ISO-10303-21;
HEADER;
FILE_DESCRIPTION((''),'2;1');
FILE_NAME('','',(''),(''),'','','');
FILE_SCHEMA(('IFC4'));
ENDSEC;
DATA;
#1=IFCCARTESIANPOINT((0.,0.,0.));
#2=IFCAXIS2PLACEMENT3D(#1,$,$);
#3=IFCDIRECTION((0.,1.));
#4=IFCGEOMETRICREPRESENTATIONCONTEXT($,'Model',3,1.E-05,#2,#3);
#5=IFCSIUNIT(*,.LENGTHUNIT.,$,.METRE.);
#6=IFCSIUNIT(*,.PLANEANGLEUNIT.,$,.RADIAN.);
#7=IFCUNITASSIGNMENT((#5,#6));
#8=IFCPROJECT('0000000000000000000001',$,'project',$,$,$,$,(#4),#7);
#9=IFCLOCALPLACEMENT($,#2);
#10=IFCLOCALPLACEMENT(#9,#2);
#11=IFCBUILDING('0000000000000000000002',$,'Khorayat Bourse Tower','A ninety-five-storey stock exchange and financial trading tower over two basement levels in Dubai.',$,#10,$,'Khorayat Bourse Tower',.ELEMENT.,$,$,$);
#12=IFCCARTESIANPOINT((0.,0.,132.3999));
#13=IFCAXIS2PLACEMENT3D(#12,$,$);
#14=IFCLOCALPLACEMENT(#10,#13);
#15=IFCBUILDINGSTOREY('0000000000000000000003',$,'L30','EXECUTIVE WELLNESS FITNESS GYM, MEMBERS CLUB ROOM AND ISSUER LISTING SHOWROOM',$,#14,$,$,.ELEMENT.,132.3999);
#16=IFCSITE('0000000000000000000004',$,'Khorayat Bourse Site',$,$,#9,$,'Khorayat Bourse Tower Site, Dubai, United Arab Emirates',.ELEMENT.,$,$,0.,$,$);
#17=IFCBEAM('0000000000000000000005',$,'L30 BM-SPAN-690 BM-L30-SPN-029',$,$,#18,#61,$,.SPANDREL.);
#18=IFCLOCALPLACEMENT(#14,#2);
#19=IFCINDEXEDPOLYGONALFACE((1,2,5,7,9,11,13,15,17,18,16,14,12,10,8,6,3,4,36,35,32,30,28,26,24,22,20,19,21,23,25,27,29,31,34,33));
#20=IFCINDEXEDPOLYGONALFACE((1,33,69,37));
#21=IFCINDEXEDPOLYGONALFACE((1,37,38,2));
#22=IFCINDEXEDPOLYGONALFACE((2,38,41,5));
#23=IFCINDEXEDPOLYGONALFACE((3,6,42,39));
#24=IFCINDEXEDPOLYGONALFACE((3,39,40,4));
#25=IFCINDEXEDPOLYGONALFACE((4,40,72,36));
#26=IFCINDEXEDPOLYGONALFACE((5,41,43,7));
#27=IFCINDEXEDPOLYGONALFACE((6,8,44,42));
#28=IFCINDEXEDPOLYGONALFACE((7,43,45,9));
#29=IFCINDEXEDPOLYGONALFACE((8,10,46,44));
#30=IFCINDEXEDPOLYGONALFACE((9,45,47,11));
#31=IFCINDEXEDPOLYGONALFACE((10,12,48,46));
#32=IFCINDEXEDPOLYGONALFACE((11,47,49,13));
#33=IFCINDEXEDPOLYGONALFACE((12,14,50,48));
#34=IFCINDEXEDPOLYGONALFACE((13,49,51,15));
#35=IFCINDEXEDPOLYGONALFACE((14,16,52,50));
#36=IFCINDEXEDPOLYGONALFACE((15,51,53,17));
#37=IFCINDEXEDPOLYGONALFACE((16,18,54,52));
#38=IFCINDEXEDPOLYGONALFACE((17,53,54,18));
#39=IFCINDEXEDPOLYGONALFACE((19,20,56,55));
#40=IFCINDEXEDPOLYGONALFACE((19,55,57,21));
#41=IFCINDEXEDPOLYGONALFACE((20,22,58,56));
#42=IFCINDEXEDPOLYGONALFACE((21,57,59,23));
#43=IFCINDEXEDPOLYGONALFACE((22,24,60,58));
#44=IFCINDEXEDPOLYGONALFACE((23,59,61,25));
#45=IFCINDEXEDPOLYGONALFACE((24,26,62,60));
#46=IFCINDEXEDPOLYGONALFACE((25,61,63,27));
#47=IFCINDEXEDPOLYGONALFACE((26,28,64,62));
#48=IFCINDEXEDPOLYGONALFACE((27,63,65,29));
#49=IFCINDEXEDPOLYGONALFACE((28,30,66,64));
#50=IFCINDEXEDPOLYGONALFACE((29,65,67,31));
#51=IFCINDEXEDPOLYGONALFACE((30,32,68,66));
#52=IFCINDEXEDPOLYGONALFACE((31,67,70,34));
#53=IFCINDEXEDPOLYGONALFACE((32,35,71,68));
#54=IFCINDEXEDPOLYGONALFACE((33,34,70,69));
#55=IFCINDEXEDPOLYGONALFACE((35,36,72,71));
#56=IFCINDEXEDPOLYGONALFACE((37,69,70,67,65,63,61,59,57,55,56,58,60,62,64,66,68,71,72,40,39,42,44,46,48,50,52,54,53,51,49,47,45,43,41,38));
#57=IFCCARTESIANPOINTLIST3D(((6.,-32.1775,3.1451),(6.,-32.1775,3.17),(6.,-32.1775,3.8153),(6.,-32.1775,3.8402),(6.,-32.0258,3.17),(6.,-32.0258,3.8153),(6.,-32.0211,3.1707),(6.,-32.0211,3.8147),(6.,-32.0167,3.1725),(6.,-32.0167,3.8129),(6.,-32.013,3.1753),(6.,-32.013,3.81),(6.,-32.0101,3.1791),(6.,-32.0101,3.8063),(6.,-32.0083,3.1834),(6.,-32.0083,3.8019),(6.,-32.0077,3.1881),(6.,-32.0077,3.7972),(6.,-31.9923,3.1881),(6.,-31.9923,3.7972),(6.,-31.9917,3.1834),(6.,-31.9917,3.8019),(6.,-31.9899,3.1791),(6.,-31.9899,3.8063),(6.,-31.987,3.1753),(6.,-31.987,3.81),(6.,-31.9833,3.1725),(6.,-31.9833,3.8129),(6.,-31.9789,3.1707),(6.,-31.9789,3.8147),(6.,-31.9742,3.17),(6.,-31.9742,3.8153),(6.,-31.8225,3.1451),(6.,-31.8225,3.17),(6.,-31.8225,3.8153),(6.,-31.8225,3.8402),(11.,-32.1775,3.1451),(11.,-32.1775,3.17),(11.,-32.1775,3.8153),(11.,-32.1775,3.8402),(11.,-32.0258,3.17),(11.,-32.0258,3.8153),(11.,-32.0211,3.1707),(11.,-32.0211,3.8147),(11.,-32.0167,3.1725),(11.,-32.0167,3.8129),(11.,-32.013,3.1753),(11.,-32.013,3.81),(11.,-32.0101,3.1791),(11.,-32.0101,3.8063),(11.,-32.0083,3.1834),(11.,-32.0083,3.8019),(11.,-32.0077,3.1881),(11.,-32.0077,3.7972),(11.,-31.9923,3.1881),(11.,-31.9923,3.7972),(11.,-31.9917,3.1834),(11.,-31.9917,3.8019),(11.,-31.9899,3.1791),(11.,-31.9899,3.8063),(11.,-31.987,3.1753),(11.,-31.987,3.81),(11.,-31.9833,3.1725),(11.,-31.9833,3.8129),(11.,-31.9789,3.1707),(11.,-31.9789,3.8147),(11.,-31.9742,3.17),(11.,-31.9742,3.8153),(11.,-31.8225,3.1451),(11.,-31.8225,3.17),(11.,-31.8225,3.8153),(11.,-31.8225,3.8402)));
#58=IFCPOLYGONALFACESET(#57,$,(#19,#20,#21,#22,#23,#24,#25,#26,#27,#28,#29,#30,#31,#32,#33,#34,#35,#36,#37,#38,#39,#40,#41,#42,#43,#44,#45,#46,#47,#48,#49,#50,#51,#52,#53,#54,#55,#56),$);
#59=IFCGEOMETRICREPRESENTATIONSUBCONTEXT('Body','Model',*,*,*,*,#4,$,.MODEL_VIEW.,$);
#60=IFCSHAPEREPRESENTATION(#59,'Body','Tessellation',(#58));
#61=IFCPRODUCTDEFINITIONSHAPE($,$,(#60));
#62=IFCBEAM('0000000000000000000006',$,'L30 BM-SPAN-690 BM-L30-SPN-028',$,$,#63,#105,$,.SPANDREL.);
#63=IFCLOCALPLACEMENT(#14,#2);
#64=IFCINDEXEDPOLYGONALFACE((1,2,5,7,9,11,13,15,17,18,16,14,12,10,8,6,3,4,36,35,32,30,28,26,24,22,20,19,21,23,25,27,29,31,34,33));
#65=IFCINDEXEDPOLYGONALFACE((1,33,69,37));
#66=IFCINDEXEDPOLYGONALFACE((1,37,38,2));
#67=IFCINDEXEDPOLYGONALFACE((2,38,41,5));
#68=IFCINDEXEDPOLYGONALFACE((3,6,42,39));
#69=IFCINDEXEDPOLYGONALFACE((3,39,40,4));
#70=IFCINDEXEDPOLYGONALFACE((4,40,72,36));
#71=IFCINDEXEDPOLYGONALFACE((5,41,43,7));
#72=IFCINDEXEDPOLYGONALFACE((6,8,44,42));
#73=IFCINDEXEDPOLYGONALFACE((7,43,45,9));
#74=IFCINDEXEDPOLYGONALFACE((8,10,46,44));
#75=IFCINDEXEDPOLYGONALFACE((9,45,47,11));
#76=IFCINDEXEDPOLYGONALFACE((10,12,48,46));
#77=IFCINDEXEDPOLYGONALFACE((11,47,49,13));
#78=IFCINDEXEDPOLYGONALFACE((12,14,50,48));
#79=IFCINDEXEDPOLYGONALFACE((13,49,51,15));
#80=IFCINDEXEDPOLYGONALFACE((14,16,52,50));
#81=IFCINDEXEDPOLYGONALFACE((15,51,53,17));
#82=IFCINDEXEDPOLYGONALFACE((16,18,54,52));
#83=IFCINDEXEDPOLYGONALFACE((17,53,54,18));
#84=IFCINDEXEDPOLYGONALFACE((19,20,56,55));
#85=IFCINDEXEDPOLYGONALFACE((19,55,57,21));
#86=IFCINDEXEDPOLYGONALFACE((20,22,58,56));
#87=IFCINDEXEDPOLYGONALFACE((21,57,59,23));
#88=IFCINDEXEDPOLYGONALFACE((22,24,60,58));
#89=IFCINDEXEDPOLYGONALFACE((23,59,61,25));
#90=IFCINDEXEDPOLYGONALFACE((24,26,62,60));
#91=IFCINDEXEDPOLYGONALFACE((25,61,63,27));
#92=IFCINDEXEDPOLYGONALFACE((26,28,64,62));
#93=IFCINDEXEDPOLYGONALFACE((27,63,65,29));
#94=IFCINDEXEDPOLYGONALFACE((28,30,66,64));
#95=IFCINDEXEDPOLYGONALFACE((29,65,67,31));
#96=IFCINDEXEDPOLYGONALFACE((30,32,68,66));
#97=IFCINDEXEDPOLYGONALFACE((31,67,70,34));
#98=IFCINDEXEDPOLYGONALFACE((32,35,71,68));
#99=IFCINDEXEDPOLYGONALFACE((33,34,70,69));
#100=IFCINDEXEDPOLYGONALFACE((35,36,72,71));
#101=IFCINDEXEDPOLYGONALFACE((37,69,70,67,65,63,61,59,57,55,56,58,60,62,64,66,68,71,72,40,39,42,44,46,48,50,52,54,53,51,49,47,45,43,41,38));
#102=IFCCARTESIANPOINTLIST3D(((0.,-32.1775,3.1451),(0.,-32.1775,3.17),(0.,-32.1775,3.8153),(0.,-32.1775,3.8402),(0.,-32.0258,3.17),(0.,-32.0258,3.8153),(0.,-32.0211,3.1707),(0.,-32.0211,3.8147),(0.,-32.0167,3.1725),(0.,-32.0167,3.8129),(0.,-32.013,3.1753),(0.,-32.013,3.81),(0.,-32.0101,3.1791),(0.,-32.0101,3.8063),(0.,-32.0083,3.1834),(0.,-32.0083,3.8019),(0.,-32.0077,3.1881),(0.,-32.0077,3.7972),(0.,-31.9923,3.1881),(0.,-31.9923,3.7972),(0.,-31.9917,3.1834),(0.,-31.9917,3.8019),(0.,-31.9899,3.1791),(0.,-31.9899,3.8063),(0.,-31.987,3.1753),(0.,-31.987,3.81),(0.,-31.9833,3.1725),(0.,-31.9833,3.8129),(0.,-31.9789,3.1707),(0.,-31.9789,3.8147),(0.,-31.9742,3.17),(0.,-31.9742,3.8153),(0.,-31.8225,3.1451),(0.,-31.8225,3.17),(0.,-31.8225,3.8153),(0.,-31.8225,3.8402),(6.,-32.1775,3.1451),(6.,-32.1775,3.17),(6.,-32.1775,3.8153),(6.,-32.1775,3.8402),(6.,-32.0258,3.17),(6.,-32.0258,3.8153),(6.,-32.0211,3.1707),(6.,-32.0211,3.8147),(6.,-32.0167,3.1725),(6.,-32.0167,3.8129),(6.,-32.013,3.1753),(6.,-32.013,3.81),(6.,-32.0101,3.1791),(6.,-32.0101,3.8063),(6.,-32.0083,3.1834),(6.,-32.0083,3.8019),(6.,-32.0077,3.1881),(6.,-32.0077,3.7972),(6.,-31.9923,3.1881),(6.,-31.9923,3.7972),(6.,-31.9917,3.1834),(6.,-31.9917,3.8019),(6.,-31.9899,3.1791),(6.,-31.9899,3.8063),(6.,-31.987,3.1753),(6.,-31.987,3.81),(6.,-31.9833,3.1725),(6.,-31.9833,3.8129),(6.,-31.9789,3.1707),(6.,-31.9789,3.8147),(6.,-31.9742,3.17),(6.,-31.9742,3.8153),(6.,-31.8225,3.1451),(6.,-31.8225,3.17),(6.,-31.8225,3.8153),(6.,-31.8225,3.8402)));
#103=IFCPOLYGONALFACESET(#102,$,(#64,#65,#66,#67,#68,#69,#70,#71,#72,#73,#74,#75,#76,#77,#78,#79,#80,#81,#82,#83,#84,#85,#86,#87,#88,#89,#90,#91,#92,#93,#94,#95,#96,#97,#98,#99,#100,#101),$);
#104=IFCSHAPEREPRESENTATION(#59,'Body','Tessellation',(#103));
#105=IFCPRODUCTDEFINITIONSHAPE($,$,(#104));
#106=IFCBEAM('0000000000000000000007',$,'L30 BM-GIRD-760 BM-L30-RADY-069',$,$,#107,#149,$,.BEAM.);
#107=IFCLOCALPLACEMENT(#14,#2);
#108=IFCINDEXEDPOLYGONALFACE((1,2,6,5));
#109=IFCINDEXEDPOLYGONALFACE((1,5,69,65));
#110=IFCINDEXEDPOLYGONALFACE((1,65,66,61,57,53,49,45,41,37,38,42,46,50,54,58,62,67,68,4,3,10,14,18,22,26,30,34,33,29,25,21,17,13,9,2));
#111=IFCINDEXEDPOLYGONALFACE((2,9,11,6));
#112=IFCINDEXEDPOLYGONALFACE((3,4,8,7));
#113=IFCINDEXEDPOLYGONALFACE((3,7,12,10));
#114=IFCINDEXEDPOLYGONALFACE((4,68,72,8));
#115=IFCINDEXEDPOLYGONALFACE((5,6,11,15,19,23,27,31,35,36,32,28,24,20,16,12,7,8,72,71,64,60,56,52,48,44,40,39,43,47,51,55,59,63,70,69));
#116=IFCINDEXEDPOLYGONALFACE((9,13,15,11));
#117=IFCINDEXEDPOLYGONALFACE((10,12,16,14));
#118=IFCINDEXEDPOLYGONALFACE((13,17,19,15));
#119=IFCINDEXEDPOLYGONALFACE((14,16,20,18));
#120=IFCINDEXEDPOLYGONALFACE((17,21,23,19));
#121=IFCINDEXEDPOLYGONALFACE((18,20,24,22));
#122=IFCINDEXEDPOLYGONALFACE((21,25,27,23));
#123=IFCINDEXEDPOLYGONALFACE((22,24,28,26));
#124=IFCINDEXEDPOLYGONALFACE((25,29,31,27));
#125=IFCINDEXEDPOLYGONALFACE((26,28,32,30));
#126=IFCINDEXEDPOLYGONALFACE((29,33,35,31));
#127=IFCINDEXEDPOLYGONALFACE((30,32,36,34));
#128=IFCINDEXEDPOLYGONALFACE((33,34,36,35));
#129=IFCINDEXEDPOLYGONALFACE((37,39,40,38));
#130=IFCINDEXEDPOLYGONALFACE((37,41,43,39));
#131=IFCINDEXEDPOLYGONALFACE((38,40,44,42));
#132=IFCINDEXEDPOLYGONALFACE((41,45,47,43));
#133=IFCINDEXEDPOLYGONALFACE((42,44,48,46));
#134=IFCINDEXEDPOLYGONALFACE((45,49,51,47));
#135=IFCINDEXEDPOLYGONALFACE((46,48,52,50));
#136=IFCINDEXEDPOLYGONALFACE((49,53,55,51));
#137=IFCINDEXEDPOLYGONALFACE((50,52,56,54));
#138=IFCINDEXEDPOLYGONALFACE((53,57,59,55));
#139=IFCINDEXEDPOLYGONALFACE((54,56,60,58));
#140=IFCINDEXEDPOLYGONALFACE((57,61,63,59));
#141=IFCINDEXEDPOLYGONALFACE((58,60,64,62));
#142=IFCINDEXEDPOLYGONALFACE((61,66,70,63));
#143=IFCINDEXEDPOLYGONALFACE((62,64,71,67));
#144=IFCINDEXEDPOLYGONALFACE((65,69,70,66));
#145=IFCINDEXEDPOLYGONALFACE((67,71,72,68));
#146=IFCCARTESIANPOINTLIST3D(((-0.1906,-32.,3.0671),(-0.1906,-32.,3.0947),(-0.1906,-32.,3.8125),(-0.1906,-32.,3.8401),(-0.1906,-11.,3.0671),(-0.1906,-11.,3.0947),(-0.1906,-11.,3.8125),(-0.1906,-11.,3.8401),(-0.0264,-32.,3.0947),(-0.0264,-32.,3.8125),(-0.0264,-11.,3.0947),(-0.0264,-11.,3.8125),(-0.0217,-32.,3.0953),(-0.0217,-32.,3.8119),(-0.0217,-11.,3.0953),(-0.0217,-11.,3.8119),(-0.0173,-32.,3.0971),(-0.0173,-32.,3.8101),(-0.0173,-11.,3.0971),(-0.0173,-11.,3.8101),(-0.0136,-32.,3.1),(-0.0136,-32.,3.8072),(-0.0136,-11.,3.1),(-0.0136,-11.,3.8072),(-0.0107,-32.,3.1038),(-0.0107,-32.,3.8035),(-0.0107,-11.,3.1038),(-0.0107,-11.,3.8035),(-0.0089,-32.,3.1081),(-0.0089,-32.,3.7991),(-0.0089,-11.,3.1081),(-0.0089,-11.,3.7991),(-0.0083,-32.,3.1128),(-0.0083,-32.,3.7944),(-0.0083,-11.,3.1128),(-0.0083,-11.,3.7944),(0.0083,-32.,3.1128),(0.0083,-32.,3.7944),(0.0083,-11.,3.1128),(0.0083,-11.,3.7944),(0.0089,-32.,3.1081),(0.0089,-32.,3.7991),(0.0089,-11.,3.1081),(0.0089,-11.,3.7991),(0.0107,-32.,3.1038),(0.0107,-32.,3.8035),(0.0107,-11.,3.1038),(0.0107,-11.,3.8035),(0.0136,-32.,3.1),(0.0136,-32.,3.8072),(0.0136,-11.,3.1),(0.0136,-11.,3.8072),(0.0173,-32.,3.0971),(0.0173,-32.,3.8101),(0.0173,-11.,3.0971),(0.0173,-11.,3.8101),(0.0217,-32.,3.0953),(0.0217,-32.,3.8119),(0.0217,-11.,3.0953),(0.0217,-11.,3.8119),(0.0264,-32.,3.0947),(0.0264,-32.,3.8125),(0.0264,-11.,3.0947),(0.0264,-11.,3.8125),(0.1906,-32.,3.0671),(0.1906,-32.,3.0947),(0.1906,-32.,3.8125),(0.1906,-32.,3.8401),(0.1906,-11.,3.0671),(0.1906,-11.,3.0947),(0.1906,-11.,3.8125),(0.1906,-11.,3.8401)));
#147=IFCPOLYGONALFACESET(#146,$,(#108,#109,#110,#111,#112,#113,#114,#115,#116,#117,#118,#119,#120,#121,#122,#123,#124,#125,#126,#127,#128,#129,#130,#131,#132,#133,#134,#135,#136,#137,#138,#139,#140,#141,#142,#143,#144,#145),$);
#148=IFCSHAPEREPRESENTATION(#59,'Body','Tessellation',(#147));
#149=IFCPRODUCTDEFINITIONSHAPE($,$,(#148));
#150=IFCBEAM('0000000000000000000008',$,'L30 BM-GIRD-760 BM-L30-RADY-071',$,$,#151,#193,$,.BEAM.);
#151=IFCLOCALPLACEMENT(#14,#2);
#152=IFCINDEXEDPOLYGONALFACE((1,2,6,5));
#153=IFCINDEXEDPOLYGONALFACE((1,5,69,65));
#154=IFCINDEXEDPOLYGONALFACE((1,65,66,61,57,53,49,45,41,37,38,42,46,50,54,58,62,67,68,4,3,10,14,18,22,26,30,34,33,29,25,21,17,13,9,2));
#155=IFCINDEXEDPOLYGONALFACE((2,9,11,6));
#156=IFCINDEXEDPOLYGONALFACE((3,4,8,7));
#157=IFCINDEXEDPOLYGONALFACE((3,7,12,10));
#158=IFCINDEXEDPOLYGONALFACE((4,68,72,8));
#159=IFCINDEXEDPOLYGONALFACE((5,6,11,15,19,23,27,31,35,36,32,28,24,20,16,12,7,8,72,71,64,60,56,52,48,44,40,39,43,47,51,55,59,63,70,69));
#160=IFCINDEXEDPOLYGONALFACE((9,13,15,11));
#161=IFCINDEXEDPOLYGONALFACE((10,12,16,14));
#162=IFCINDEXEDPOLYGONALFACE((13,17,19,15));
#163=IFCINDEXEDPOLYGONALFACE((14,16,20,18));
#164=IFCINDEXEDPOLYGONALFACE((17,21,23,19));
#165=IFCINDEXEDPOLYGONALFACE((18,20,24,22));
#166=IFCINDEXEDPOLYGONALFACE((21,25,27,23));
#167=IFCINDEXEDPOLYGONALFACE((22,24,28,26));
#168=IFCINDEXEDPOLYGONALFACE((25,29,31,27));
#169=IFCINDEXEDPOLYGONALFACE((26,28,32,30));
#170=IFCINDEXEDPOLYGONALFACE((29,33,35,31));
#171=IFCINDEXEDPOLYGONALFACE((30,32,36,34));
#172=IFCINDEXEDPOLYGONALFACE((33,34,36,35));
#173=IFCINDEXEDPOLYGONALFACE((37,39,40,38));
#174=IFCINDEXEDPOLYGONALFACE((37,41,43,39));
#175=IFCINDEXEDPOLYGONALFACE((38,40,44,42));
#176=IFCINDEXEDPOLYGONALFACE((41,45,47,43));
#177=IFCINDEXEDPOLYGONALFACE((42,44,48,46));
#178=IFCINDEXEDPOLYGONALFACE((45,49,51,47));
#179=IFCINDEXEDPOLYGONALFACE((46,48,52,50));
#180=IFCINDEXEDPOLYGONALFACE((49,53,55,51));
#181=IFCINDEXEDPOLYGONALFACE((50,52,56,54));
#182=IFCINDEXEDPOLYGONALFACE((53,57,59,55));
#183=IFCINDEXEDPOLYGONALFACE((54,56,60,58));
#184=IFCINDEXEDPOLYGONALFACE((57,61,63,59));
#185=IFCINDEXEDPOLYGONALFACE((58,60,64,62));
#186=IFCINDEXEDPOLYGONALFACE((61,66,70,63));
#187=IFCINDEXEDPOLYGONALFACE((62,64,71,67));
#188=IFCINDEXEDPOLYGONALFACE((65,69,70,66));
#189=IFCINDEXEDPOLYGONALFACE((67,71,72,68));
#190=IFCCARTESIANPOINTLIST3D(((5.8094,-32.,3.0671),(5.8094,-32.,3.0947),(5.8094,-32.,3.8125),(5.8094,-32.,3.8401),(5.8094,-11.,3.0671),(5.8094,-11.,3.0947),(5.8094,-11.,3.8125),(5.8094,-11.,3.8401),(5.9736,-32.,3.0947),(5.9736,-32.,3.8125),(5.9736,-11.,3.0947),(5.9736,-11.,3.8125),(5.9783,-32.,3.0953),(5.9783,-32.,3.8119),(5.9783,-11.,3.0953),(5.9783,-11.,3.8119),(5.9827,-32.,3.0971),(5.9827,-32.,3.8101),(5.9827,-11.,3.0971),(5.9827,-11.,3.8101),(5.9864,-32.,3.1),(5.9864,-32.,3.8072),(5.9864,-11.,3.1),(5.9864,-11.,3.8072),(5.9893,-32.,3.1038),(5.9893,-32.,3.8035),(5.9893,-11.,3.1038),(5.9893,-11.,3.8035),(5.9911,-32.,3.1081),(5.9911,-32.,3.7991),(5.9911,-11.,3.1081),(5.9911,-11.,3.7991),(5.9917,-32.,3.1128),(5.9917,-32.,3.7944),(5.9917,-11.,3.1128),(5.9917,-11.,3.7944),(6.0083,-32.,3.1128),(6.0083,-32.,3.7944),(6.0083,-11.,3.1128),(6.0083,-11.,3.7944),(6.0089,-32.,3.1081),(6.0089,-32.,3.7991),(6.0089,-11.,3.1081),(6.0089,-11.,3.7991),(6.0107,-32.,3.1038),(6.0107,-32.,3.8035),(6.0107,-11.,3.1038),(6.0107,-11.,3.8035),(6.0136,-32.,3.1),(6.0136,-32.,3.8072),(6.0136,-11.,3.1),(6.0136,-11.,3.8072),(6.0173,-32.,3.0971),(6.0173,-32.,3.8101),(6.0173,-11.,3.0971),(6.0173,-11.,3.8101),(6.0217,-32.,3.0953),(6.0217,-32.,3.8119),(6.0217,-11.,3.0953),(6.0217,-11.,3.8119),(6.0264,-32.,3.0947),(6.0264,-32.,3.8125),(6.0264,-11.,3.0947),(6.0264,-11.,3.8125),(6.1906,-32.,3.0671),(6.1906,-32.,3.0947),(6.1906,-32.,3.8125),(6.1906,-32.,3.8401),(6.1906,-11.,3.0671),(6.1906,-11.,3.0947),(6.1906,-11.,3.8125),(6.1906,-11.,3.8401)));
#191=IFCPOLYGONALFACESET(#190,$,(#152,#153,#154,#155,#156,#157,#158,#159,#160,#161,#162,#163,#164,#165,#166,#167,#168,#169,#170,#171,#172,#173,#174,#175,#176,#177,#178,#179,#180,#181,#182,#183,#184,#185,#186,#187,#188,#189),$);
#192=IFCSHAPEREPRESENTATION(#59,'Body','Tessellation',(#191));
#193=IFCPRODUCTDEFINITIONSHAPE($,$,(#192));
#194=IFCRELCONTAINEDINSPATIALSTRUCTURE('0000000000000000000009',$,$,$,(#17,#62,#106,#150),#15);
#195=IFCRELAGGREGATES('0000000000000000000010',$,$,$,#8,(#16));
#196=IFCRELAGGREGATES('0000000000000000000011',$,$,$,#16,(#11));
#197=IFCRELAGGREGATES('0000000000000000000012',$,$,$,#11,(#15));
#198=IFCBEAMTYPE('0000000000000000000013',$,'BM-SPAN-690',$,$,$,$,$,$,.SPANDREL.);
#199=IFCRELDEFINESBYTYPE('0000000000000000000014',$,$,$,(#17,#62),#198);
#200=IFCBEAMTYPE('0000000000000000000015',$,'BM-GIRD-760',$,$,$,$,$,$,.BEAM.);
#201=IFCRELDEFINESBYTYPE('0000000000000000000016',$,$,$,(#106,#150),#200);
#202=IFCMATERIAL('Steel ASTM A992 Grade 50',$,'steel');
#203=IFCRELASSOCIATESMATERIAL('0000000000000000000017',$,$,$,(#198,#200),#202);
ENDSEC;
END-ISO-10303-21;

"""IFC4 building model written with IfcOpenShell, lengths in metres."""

from ifc_helpers import new_model, si_unit, direction, frame, origin, origin_2d, place, context, subcontext, project, spatial, i_section, extrude, source, transform, mapped, material, material_profile, profile_set, type_object, element, save


model = new_model("IFC4")

# Units and contexts
model_context = context("Model", 3, precision=1e-05, world=origin(), true_north=direction((0.0, 1.0)))
body_context = subcontext(model_context, "Body", "Model", "MODEL_VIEW")
ifc_project = project(units=[si_unit("LENGTHUNIT", "METRE"), si_unit("PLANEANGLEUNIT", "RADIAN")], contexts=[model_context])

# Site, building, storey
site_placement = place(None, origin())
site = spatial("IfcSite", under=ifc_project, at=site_placement, Name="Khorayat Bourse Site", LongName="Khorayat Bourse Tower Site, Dubai, United Arab Emirates", CompositionType="ELEMENT", RefElevation=0.0)
building_placement = place(site_placement, origin())
building = spatial("IfcBuilding", under=site, at=building_placement, Name="Khorayat Bourse Tower", Description="A ninety-five-storey stock exchange and financial trading tower over two basement levels in Dubai.", LongName="Khorayat Bourse Tower", CompositionType="ELEMENT")
storey_placement = place(building_placement, frame((0.0, 0.0, 132.3999)))
storey = spatial("IfcBuildingStorey", under=building, at=storey_placement, Name="L30", Description="EXECUTIVE WELLNESS FITNESS GYM, MEMBERS CLUB ROOM AND ISSUER LISTING SHOWROOM", CompositionType="ELEMENT", Elevation=132.3999)

# Beams
ifc_material_1 = material(Name="Steel ASTM A992 Grade 50", Category="steel")
ifc_material_profile_1 = material_profile(ifc_material_1, i_section(OverallWidth=0.355, OverallDepth=0.6951, WebThickness=0.0154, FlangeThickness=0.0249, FilletRadius=0.0181, at=origin_2d()), Name="W690X217")
ifc_profile_set_1 = profile_set([ifc_material_profile_1], Name="Steel ASTM A992 Grade 50")
beam_type_1 = type_object("IfcBeamType", Name="BM-SPAN-690", PredefinedType="SPANDREL", material=ifc_profile_set_1)
shared_shape_1 = source(origin(), body_context, "Body", "SweptSolid", [
    extrude(i_section(OverallWidth=0.355, OverallDepth=0.6951, WebThickness=0.0154, FlangeThickness=0.0249, FilletRadius=0.0181, at=origin_2d()), origin(), (0.0, 0.0, 1.0), 5.0),
])
beam_1_placement = place(storey_placement, frame((6.0, -32.0, 3.4927), z_axis=(1.0, 0.0, 0.0), x_axis=(0.0, 1.0, 0.0)))
element("IfcBeam", 1, at=beam_1_placement, inside=storey, type_object=beam_type_1, Name="L30 BM-SPAN-690 BM-L30-SPN-029", PredefinedType="SPANDREL", context=body_context, shape_type="MappedRepresentation", body=[
    mapped(shared_shape_1, transform((0.0, 0.0, 0.0), scale=1.0)),
])
shared_shape_2 = source(origin(), body_context, "Body", "SweptSolid", [
    extrude(i_section(OverallWidth=0.355, OverallDepth=0.6951, WebThickness=0.0154, FlangeThickness=0.0249, FilletRadius=0.0181, at=origin_2d()), origin(), (0.0, 0.0, 1.0), 6.0),
])
beam_2_placement = place(storey_placement, frame((0.0, -32.0, 3.4927), z_axis=(1.0, 0.0, 0.0), x_axis=(0.0, 1.0, 0.0)))
element("IfcBeam", 2, at=beam_2_placement, inside=storey, type_object=beam_type_1, Name="L30 BM-SPAN-690 BM-L30-SPN-028", PredefinedType="SPANDREL", context=body_context, shape_type="MappedRepresentation", body=[
    mapped(shared_shape_2, transform((0.0, 0.0, 0.0), scale=1.0)),
])
ifc_material_profile_2 = material_profile(ifc_material_1, i_section(OverallWidth=0.3811, OverallDepth=0.7729, WebThickness=0.0166, FlangeThickness=0.0276, FilletRadius=0.0181, at=origin_2d()), Name="W760X257")
ifc_profile_set_2 = profile_set([ifc_material_profile_2], Name="Steel ASTM A992 Grade 50")
beam_type_2 = type_object("IfcBeamType", Name="BM-GIRD-760", PredefinedType="BEAM", material=ifc_profile_set_2)
shared_shape_3 = source(origin(), body_context, "Body", "SweptSolid", [
    extrude(i_section(OverallWidth=0.3811, OverallDepth=0.7729, WebThickness=0.0166, FlangeThickness=0.0276, FilletRadius=0.0181, at=origin_2d()), origin(), (0.0, 0.0, 1.0), 21.0),
])
for number, where, z_axis, x_axis, name in (
    (3, (0.0, -32.0, 3.4536), (0.0, 1.0, 0.0), (-1.0, 0.0, 0.0), "L30 BM-GIRD-760 BM-L30-RADY-069"),
    (4, (6.0, -32.0, 3.4536), (0.0, 1.0, 0.0), (-1.0, 0.0, 0.0), "L30 BM-GIRD-760 BM-L30-RADY-071"),
):
    element("IfcBeam", number, at=place(storey_placement, frame(where, z_axis=z_axis, x_axis=x_axis)), inside=storey, type_object=beam_type_2, Name=name, PredefinedType="BEAM", context=body_context, shape_type="MappedRepresentation", body=[
        mapped(shared_shape_3, transform((0.0, 0.0, 0.0), scale=1.0)),
    ])

save(model, "model.ifc")
